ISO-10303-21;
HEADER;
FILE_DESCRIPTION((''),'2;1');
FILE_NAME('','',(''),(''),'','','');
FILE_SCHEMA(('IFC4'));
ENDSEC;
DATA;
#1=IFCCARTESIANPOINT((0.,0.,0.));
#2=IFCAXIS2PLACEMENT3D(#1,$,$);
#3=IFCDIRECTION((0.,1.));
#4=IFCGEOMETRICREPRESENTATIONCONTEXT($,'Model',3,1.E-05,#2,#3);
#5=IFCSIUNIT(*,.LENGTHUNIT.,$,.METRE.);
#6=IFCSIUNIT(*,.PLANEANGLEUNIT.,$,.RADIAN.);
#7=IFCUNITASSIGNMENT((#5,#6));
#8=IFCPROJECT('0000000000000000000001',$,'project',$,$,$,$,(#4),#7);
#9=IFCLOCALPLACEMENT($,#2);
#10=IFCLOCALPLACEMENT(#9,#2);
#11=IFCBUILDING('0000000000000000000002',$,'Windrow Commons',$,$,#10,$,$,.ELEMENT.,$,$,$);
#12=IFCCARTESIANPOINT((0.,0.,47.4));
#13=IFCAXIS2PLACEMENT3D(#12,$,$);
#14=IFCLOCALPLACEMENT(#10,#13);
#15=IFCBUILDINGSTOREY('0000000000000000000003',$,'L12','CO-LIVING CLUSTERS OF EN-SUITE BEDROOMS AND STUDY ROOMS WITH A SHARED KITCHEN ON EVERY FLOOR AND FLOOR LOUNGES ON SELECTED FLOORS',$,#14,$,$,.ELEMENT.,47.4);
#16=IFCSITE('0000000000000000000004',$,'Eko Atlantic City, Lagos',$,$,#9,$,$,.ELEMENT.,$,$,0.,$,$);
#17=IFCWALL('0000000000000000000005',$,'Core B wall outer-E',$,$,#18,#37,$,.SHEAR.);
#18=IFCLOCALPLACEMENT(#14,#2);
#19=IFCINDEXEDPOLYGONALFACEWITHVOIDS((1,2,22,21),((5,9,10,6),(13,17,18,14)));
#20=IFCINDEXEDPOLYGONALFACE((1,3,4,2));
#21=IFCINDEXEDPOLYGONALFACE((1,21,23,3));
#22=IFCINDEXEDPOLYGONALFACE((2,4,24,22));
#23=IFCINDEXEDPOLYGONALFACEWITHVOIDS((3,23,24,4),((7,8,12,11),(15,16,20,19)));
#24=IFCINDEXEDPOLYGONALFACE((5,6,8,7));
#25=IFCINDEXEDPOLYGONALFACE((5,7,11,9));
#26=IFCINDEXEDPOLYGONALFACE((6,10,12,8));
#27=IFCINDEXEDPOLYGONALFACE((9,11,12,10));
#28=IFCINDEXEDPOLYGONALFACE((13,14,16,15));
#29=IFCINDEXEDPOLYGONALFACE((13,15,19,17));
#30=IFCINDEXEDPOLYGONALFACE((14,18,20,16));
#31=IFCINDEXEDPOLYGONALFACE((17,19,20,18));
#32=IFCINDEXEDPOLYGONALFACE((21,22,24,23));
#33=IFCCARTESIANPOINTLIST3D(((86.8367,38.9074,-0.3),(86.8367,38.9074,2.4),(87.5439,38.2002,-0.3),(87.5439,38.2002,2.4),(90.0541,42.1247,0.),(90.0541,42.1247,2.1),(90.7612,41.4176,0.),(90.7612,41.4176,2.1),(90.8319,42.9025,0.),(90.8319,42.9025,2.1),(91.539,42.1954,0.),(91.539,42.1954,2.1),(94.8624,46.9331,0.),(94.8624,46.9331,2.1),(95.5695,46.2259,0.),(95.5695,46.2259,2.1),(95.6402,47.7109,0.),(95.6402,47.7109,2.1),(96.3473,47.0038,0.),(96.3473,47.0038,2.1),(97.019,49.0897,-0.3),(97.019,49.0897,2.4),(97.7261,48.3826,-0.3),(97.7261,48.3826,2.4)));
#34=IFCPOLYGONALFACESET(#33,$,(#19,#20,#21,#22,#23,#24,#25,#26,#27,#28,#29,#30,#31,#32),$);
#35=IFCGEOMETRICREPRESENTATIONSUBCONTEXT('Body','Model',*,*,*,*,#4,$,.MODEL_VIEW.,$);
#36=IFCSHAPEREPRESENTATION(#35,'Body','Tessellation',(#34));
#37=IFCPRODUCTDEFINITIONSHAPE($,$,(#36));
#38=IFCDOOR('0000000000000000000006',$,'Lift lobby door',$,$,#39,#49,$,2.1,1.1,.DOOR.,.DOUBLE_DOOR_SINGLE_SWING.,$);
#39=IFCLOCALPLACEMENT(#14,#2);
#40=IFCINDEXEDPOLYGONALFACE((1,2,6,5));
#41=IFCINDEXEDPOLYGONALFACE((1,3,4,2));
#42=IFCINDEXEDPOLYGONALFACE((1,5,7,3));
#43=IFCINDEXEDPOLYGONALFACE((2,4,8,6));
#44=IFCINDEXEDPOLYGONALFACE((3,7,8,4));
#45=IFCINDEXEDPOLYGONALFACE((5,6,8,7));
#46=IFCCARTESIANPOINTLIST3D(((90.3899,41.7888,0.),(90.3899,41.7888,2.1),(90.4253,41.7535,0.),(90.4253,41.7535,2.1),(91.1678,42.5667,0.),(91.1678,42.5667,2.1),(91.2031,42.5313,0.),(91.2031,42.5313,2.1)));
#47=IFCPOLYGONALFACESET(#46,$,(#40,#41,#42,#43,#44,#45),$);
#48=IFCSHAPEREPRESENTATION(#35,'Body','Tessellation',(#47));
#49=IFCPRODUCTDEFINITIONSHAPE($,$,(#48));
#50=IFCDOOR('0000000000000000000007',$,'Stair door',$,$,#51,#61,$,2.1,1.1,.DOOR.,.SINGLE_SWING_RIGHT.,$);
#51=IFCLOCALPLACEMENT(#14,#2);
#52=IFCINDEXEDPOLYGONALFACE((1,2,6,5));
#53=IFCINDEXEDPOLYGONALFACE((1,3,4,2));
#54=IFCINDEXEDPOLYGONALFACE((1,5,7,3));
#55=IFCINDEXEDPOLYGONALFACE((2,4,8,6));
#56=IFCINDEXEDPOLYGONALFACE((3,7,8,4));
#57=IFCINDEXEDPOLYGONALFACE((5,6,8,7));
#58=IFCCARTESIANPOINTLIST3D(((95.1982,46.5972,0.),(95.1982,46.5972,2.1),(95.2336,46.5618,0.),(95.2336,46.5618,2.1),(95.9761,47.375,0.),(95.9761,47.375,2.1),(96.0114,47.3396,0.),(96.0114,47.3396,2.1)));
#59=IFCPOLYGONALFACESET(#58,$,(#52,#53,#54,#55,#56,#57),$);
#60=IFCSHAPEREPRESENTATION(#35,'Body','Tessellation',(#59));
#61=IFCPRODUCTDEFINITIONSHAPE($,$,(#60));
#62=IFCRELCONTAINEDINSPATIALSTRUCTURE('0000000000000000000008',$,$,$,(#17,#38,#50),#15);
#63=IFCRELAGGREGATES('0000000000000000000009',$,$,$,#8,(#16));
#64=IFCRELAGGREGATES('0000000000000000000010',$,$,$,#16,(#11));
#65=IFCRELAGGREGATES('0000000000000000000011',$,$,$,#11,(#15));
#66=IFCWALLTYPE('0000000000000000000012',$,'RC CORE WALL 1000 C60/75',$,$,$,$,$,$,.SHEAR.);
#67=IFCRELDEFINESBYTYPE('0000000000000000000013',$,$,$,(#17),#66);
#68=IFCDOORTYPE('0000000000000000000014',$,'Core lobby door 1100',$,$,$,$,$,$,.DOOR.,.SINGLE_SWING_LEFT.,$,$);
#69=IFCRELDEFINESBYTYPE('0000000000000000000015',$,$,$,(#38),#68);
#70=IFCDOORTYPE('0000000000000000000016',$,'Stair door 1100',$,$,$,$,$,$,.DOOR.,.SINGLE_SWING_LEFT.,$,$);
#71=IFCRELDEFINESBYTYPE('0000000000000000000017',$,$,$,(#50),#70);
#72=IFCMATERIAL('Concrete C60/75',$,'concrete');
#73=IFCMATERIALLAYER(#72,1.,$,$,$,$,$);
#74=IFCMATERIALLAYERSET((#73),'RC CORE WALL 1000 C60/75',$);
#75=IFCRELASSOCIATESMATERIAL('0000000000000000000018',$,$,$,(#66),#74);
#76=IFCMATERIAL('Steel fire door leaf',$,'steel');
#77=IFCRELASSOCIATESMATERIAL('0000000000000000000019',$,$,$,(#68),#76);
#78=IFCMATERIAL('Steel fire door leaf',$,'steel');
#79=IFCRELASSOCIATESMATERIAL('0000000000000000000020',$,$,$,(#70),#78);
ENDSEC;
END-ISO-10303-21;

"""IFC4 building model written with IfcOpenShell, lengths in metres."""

from ifc_helpers import new_model, si_unit, direction, frame, frame_2d, origin, place, context, subcontext, project, spatial, rectangle, extrude, material, layer, layer_set, type_object, element, fill, save


model = new_model("IFC4")

# Units and contexts
model_context = context("Model", 3, precision=1e-05, world=origin(), true_north=direction((0.0, 1.0)))
body_context = subcontext(model_context, "Body", "Model", "MODEL_VIEW")
ifc_project = project(units=[si_unit("LENGTHUNIT", "METRE"), si_unit("PLANEANGLEUNIT", "RADIAN")], contexts=[model_context])

# Site, building, storey
site_placement = place(None, origin())
site = spatial("IfcSite", under=ifc_project, at=site_placement, Name="Eko Atlantic City, Lagos", CompositionType="ELEMENT", RefElevation=0.0)
building_placement = place(site_placement, origin())
building = spatial("IfcBuilding", under=site, at=building_placement, Name="Windrow Commons", CompositionType="ELEMENT")
storey_placement = place(building_placement, frame((0.0, 0.0, 47.4)))
storey = spatial("IfcBuildingStorey", under=building, at=storey_placement, Name="L12", Description="CO-LIVING CLUSTERS OF EN-SUITE BEDROOMS AND STUDY ROOMS WITH A SHARED KITCHEN ON EVERY FLOOR AND FLOOR LOUNGES ON SELECTED FLOORS", CompositionType="ELEMENT", Elevation=47.4)

# Wall, openings, doors
ifc_material_1 = material(Name="Concrete C60/75", Category="concrete")
ifc_layer_1 = layer(ifc_material_1, 1.0)
ifc_layer_set_1 = layer_set([ifc_layer_1], Name="RC CORE WALL 1000 C60/75")
wall_type_1 = type_object("IfcWallType", Name="RC CORE WALL 1000 C60/75", PredefinedType="SHEAR", material=ifc_layer_set_1)
wall_1_placement = place(storey_placement, frame((87.1903, 38.5538, -0.3), z_axis=(0.0, 0.0, 1.0), x_axis=(0.707103, 0.70711, 0.0)))
wall_1 = element("IfcWall", 1, at=wall_1_placement, inside=storey, type_object=wall_type_1, Name="Core B wall outer-E", PredefinedType="SHEAR", context=body_context, shape_type="SweptSolid", body=[
    extrude(rectangle(XDim=14.4, YDim=1.0, at=frame_2d((7.2, 0.0))), origin(), (0.0, 0.0, 1.0), 2.7),
])
opening_1_placement = place(wall_1_placement, frame((4.55, 0.0, 0.3)))
opening_1 = element("IfcOpeningElement", 2, at=opening_1_placement, cuts=wall_1, PredefinedType="OPENING", context=body_context, shape_type="SweptSolid", body=[
    extrude(rectangle(XDim=1.1, YDim=2.1, at=frame_2d((0.55, 1.05))), frame((0.0, 0.51, 0.0), z_axis=(0.0, -1.0, 0.0), x_axis=(1.0, 0.0, 0.0)), (0.0, 0.0, 1.0), 1.02),
])
opening_2_placement = place(wall_1_placement, frame((11.35, 0.0, 0.3)))
opening_2 = element("IfcOpeningElement", 3, at=opening_2_placement, cuts=wall_1, PredefinedType="OPENING", context=body_context, shape_type="SweptSolid", body=[
    extrude(rectangle(XDim=1.1, YDim=2.1, at=frame_2d((0.55, 1.05))), frame((0.0, 0.51, 0.0), z_axis=(0.0, -1.0, 0.0), x_axis=(1.0, 0.0, 0.0)), (0.0, 0.0, 1.0), 1.02),
])
ifc_material_2 = material(Name="Steel fire door leaf", Category="steel")
door_type_1 = type_object("IfcDoorType", Name="Core lobby door 1100", OperationType="SINGLE_SWING_LEFT", PredefinedType="DOOR", material=ifc_material_2)
door_1_placement = place(opening_1_placement, origin())
door_1 = element("IfcDoor", 4, at=door_1_placement, inside=storey, type_object=door_type_1, Name="Lift lobby door", OperationType="DOUBLE_DOOR_SINGLE_SWING", OverallHeight=2.1, OverallWidth=1.1, PredefinedType="DOOR", context=body_context, shape_type="SweptSolid", body=[
    extrude(rectangle(XDim=1.1, YDim=2.1, at=frame_2d((0.55, 1.05))), frame((0.0, 0.025, 0.0), z_axis=(0.0, -1.0, 0.0), x_axis=(1.0, 0.0, 0.0)), (0.0, 0.0, 1.0), 0.05),
])
fill(opening_1, door_1)
ifc_material_3 = material(Name="Steel fire door leaf", Category="steel")
door_type_2 = type_object("IfcDoorType", Name="Stair door 1100", OperationType="SINGLE_SWING_LEFT", PredefinedType="DOOR", material=ifc_material_3)
door_2_placement = place(opening_2_placement, origin())
door_2 = element("IfcDoor", 5, at=door_2_placement, inside=storey, type_object=door_type_2, Name="Stair door", OperationType="SINGLE_SWING_RIGHT", OverallHeight=2.1, OverallWidth=1.1, PredefinedType="DOOR", context=body_context, shape_type="SweptSolid", body=[
    extrude(rectangle(XDim=1.1, YDim=2.1, at=frame_2d((0.55, 1.05))), frame((0.0, 0.025, 0.0), z_axis=(0.0, -1.0, 0.0), x_axis=(1.0, 0.0, 0.0)), (0.0, 0.0, 1.0), 0.05),
])
fill(opening_2, door_2)

save(model, "model.ifc")
